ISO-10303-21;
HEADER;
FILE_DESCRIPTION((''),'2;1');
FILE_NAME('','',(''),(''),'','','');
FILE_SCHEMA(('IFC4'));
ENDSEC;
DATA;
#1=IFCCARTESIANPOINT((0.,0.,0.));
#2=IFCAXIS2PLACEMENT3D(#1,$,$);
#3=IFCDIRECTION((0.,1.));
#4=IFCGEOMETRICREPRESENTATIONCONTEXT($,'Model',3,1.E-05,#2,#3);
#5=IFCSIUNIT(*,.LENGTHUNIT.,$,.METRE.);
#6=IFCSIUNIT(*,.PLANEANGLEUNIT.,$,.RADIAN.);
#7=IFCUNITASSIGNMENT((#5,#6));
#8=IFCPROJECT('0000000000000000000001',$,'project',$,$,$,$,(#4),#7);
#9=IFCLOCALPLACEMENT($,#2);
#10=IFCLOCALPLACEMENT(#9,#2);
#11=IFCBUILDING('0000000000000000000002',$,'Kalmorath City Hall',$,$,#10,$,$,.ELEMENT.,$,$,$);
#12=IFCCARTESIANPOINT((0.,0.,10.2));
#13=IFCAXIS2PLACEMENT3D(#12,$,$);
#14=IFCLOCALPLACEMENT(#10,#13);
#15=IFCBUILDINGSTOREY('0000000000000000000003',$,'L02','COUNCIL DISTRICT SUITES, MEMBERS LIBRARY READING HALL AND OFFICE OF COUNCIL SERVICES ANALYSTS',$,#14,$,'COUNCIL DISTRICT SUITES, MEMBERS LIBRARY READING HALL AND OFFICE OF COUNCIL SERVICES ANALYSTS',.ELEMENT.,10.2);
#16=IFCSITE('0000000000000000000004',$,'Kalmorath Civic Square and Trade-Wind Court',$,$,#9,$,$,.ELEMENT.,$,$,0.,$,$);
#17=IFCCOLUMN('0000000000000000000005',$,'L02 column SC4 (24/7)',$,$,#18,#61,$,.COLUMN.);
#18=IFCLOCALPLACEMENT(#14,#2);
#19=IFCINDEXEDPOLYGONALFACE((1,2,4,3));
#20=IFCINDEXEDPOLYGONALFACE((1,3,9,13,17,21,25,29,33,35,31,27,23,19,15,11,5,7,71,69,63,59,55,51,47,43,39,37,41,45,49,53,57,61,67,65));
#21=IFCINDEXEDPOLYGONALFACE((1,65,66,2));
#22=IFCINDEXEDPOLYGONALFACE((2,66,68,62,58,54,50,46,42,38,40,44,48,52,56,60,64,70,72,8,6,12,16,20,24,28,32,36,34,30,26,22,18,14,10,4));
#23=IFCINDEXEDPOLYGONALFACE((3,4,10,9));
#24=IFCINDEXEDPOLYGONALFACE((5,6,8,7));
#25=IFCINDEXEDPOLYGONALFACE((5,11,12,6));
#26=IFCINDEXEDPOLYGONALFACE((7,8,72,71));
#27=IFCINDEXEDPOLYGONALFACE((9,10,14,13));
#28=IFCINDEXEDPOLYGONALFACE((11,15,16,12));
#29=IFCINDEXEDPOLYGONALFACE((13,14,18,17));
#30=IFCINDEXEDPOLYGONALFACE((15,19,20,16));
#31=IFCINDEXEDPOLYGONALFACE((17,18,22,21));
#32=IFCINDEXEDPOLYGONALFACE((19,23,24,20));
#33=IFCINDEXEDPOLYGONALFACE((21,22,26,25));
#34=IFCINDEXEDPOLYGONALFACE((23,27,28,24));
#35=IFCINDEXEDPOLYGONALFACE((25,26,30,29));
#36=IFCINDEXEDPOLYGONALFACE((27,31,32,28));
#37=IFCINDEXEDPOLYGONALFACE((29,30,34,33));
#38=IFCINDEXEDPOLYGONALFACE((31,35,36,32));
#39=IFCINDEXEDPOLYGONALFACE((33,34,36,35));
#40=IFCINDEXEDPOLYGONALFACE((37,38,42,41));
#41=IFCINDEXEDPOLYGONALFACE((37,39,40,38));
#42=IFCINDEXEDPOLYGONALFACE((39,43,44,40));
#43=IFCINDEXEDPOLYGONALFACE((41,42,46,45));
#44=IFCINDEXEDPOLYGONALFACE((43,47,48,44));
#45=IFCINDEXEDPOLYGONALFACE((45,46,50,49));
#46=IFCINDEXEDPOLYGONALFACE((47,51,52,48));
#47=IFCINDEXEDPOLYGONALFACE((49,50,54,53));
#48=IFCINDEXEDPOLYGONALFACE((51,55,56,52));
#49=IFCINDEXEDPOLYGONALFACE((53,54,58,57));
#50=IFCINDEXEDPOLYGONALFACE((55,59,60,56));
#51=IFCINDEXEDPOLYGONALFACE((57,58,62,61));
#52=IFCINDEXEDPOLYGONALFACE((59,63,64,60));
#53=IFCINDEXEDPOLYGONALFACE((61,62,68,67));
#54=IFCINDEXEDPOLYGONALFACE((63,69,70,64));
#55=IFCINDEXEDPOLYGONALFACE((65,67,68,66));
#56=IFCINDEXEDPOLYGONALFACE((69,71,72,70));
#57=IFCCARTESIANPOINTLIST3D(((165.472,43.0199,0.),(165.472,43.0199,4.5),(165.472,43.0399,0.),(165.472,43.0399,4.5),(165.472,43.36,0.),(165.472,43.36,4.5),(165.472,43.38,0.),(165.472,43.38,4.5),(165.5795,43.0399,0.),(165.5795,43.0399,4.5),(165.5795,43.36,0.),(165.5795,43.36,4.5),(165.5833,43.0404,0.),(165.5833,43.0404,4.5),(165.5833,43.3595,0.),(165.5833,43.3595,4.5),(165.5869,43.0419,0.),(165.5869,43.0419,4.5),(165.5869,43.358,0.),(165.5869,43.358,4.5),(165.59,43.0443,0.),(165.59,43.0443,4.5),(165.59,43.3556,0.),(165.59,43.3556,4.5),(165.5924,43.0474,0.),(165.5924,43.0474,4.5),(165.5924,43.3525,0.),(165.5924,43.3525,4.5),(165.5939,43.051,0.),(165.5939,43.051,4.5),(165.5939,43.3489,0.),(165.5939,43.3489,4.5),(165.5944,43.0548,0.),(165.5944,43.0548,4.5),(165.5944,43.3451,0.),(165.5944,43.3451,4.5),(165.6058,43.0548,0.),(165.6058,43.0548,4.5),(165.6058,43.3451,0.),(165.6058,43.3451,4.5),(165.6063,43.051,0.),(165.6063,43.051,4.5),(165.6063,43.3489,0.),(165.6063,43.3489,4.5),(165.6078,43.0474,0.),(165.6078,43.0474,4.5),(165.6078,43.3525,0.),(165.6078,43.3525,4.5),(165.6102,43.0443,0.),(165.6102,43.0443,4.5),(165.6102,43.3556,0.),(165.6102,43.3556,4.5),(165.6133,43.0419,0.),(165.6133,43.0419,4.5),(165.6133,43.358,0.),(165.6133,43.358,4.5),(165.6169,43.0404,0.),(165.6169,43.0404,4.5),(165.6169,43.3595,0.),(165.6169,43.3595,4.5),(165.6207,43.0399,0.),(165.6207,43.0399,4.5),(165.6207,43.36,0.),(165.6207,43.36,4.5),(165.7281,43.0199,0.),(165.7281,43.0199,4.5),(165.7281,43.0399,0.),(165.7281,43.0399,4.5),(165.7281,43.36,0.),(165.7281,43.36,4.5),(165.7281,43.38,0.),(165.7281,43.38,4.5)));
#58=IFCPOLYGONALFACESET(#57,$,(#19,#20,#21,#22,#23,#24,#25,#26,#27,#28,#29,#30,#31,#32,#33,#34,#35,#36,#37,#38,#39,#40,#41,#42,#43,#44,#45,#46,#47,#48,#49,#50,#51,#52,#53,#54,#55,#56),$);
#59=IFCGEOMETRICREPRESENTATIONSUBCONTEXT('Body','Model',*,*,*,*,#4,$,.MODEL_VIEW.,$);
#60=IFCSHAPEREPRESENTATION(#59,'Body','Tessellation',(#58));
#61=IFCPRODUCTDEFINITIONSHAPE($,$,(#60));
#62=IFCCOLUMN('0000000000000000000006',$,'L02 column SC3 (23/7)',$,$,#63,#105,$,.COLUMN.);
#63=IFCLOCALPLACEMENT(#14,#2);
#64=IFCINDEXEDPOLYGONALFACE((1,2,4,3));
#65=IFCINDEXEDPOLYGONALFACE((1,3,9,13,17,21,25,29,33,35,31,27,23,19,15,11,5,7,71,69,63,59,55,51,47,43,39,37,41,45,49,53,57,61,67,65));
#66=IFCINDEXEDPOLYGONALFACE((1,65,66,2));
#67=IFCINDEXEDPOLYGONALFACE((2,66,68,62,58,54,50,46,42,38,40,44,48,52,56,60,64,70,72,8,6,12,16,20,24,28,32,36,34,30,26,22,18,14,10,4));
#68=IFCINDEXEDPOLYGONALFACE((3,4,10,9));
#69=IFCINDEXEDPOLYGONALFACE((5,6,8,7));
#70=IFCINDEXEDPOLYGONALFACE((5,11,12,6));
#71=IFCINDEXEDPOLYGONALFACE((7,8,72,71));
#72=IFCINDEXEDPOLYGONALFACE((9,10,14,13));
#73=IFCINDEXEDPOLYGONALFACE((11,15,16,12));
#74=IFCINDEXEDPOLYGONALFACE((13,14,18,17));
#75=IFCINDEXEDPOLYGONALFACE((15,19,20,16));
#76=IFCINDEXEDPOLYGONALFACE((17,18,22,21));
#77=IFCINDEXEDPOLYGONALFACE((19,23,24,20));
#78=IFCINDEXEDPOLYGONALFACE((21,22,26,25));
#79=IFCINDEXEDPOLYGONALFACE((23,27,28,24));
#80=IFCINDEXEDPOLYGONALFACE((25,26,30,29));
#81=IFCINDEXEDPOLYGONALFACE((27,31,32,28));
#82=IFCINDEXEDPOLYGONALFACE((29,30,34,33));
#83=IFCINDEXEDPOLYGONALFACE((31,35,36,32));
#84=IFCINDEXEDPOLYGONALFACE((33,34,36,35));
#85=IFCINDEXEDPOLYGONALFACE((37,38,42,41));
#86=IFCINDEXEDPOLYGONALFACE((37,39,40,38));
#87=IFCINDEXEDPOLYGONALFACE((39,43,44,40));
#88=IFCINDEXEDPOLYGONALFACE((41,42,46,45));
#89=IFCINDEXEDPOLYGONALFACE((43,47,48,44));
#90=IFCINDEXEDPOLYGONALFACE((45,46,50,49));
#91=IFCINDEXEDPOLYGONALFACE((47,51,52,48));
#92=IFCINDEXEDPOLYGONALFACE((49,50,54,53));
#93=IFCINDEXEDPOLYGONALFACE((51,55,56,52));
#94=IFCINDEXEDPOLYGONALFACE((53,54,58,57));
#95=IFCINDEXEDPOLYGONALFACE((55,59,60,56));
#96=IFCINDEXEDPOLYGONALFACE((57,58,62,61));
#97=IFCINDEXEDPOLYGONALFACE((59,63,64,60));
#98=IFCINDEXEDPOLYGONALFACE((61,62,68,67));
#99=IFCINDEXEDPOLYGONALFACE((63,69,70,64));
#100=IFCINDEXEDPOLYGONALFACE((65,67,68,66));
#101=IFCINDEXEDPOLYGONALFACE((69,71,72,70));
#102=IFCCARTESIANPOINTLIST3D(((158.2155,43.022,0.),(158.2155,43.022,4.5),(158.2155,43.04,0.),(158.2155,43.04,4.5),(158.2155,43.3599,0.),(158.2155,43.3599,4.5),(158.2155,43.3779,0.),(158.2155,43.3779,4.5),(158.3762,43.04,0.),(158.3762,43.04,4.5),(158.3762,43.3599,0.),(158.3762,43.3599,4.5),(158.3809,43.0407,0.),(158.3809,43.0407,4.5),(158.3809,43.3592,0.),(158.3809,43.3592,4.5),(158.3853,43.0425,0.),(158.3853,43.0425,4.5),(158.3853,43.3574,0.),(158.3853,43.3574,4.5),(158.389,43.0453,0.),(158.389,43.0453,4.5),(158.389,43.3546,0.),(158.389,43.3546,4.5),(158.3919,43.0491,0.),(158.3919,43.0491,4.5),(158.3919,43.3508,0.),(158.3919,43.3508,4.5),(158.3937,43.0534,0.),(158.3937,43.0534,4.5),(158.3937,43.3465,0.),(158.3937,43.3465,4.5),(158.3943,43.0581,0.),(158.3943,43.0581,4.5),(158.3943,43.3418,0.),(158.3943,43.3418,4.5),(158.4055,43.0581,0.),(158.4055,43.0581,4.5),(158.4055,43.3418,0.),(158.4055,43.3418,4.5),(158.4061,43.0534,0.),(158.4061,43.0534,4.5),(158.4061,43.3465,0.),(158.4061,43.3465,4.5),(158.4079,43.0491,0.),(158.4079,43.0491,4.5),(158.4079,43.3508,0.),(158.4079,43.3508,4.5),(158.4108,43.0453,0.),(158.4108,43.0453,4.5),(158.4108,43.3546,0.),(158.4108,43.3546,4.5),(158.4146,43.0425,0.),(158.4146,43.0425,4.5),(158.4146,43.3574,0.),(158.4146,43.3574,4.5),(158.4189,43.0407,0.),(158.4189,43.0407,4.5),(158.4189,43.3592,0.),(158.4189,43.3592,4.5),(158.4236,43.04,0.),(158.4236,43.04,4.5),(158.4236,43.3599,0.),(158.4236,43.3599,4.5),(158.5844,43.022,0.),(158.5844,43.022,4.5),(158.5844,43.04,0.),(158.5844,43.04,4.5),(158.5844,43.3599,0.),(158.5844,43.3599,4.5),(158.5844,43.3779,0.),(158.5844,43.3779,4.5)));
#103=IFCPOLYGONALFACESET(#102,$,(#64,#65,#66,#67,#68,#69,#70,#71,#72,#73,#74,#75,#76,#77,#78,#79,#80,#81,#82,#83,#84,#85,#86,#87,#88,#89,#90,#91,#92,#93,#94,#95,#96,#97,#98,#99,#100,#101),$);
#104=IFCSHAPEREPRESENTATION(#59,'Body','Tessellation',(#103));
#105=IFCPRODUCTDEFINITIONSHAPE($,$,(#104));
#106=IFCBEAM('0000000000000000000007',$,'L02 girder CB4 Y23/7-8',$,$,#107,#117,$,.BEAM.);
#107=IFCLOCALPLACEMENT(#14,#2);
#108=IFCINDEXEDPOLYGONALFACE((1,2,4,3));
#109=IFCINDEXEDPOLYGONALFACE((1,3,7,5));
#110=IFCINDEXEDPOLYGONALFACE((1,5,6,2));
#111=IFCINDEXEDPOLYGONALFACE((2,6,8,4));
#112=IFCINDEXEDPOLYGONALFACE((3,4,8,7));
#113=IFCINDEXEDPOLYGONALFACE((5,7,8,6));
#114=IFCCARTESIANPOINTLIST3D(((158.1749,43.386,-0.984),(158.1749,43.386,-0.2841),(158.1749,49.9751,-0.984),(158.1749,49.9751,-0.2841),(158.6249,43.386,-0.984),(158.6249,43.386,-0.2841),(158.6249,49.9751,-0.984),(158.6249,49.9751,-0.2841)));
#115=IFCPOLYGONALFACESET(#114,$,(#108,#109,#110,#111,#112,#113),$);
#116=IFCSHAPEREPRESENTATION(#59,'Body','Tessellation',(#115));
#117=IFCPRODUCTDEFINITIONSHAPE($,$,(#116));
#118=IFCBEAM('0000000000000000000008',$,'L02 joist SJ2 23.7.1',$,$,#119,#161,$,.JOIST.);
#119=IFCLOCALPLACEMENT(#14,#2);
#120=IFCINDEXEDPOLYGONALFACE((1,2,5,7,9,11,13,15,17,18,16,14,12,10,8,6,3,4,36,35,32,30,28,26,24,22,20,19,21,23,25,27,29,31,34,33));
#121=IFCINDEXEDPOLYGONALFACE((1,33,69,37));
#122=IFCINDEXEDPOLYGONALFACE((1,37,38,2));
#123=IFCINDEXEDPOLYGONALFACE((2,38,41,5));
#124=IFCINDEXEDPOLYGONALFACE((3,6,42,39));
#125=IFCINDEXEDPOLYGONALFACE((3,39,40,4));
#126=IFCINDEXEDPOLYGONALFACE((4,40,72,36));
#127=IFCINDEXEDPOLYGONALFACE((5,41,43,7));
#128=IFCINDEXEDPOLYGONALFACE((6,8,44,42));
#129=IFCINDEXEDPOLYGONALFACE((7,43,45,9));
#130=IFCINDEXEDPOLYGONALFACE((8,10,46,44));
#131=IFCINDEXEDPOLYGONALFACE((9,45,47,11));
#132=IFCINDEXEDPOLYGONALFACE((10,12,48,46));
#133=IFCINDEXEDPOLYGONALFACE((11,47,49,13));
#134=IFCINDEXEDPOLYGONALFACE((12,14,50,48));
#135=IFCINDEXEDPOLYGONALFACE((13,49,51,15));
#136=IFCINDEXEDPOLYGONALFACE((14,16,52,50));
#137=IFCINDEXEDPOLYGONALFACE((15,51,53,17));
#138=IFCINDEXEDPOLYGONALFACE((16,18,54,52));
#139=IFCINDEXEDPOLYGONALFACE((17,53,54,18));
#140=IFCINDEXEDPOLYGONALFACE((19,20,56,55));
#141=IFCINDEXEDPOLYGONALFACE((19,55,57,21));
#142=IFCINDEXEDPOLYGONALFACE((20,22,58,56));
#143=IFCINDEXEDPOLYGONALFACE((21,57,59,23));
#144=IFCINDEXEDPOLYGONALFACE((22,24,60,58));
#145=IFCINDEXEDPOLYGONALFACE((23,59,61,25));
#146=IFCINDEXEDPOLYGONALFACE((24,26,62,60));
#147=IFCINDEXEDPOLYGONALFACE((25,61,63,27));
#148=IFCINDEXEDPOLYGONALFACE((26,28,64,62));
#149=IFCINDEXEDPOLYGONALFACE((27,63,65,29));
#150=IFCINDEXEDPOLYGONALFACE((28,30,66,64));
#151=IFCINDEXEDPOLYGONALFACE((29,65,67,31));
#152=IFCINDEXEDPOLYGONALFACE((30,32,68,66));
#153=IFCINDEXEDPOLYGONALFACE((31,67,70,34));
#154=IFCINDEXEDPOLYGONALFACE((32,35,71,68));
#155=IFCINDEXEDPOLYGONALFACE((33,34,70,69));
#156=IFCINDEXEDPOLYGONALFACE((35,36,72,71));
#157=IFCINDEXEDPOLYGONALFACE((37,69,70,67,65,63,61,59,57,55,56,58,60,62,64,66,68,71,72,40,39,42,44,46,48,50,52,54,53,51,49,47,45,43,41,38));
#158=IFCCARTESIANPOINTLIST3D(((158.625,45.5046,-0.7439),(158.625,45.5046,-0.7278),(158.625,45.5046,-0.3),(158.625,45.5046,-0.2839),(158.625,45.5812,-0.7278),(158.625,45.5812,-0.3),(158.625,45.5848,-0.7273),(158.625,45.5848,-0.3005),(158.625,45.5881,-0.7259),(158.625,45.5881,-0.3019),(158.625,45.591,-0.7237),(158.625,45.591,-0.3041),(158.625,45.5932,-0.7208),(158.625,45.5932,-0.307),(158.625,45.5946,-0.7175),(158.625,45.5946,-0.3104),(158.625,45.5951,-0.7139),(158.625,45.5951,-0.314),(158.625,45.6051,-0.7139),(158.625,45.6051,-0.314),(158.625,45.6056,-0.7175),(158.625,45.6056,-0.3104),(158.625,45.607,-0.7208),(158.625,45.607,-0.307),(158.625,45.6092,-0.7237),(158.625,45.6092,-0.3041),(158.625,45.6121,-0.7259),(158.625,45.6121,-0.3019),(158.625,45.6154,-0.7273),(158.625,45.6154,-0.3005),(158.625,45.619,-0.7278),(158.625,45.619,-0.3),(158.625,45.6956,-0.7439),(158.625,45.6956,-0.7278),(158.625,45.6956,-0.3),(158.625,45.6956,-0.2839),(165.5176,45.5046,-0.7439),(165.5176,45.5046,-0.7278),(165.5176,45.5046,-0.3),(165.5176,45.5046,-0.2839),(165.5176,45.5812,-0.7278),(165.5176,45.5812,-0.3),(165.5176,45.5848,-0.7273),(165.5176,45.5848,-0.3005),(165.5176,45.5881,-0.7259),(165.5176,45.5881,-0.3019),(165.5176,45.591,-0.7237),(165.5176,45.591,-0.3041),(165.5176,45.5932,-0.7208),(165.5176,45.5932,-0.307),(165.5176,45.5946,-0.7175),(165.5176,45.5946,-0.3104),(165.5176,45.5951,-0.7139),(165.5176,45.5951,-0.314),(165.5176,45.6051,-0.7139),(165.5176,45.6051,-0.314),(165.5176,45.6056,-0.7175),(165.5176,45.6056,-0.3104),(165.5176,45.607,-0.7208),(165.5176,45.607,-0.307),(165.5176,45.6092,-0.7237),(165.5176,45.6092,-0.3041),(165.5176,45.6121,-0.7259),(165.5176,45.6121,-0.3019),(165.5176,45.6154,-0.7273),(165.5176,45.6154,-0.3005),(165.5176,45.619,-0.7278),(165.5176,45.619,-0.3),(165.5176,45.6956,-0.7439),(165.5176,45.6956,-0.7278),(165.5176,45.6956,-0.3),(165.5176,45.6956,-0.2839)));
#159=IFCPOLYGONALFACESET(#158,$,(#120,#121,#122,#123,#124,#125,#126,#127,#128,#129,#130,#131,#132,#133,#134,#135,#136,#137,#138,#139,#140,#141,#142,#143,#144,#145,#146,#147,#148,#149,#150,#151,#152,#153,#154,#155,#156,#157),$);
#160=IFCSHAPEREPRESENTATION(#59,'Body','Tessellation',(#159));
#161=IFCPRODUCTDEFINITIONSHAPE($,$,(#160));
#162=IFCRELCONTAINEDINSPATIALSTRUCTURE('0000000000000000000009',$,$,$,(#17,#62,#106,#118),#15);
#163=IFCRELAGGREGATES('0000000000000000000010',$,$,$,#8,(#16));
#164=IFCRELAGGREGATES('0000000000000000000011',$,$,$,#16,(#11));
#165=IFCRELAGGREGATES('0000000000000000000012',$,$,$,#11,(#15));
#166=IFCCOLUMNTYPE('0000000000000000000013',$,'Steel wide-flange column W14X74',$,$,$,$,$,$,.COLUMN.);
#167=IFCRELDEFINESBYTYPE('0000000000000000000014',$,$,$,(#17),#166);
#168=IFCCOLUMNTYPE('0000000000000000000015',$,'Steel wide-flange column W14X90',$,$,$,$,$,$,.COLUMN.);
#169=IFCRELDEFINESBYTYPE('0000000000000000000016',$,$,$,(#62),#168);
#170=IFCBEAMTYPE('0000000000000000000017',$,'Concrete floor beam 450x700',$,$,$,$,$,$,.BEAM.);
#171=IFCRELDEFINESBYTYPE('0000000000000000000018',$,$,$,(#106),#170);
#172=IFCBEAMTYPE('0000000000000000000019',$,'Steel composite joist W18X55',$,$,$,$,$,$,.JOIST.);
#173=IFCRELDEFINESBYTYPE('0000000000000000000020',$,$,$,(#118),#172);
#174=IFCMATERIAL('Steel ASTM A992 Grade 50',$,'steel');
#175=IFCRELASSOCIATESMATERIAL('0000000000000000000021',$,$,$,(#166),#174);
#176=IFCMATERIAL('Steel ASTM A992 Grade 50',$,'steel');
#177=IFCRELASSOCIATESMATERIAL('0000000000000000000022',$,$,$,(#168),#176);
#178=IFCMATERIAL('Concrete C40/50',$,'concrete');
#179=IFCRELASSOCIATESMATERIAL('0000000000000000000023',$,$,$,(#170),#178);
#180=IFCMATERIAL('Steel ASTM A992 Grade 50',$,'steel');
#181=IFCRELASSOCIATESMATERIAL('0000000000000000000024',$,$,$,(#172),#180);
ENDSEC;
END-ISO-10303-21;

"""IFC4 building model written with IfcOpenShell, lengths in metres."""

from ifc_helpers import new_model, si_unit, direction, frame, origin, origin_2d, place, context, subcontext, project, spatial, rectangle, i_section, extrude, material, material_profile, profile_set, type_object, element, save


model = new_model("IFC4")

# Units and contexts
model_context = context("Model", 3, precision=1e-05, world=origin(), true_north=direction((0.0, 1.0)))
body_context = subcontext(model_context, "Body", "Model", "MODEL_VIEW")
ifc_project = project(units=[si_unit("LENGTHUNIT", "METRE"), si_unit("PLANEANGLEUNIT", "RADIAN")], contexts=[model_context])

# Site, building, storey
site_placement = place(None, origin())
site = spatial("IfcSite", under=ifc_project, at=site_placement, Name="Kalmorath Civic Square and Trade-Wind Court", CompositionType="ELEMENT", RefElevation=0.0)
building_placement = place(site_placement, origin())
building = spatial("IfcBuilding", under=site, at=building_placement, Name="Kalmorath City Hall", CompositionType="ELEMENT")
storey_placement = place(building_placement, frame((0.0, 0.0, 10.2)))
storey = spatial("IfcBuildingStorey", under=building, at=storey_placement, Name="L02", Description="COUNCIL DISTRICT SUITES, MEMBERS LIBRARY READING HALL AND OFFICE OF COUNCIL SERVICES ANALYSTS", LongName="COUNCIL DISTRICT SUITES, MEMBERS LIBRARY READING HALL AND OFFICE OF COUNCIL SERVICES ANALYSTS", CompositionType="ELEMENT", Elevation=10.2)

# Columns
ifc_material_1 = material(Name="Steel ASTM A992 Grade 50", Category="steel")
ifc_material_profile_1 = material_profile(ifc_material_1, i_section(OverallWidth=0.2561, OverallDepth=0.3601, WebThickness=0.0115, FlangeThickness=0.02, FilletRadius=0.0149, at=origin_2d()), Name="W14X74")
ifc_profile_set_1 = profile_set([ifc_material_profile_1], Name="Steel ASTM A992 Grade 50")
column_type_1 = type_object("IfcColumnType", Name="Steel wide-flange column W14X74", PredefinedType="COLUMN", material=ifc_profile_set_1)
column_1_placement = place(storey_placement, frame((165.6001, 43.2, 0.0), z_axis=(0.0, 0.0, 1.0), x_axis=(1.0, 0.0, 0.0)))
element("IfcColumn", 1, at=column_1_placement, inside=storey, type_object=column_type_1, Name="L02 column SC4 (24/7)", PredefinedType="COLUMN", context=body_context, shape_type="SweptSolid", body=[
    extrude(i_section(OverallWidth=0.2561, OverallDepth=0.3601, WebThickness=0.0115, FlangeThickness=0.02, FilletRadius=0.0149, at=origin_2d()), origin(), (0.0, 0.0, 1.0), 4.5),
])
ifc_material_2 = material(Name="Steel ASTM A992 Grade 50", Category="steel")
ifc_material_profile_2 = material_profile(ifc_material_2, i_section(OverallWidth=0.3689, OverallDepth=0.356, WebThickness=0.0112, FlangeThickness=0.0181, FilletRadius=0.0181, at=origin_2d()), Name="W14X90")
ifc_profile_set_2 = profile_set([ifc_material_profile_2], Name="Steel ASTM A992 Grade 50")
column_type_2 = type_object("IfcColumnType", Name="Steel wide-flange column W14X90", PredefinedType="COLUMN", material=ifc_profile_set_2)
column_2_placement = place(storey_placement, frame((158.3999, 43.2, 0.0), z_axis=(0.0, 0.0, 1.0), x_axis=(1.0, 0.0, 0.0)))
element("IfcColumn", 2, at=column_2_placement, inside=storey, type_object=column_type_2, Name="L02 column SC3 (23/7)", PredefinedType="COLUMN", context=body_context, shape_type="SweptSolid", body=[
    extrude(i_section(OverallWidth=0.3689, OverallDepth=0.356, WebThickness=0.0112, FlangeThickness=0.0181, FilletRadius=0.0181, at=origin_2d()), origin(), (0.0, 0.0, 1.0), 4.5),
])

# Beams
ifc_material_3 = material(Name="Concrete C40/50", Category="concrete")
ifc_material_profile_3 = material_profile(ifc_material_3, rectangle(XDim=0.45, YDim=0.7, at=origin_2d()), Name="RC-BM-450X700")
ifc_profile_set_3 = profile_set([ifc_material_profile_3], Name="Concrete C40/50")
beam_type_1 = type_object("IfcBeamType", Name="Concrete floor beam 450x700", PredefinedType="BEAM", material=ifc_profile_set_3)
beam_1_placement = place(storey_placement, frame((158.3999, 43.386, -0.634), z_axis=(0.0, 1.0, 0.0), x_axis=(-1.0, 0.0, 0.0)))
element("IfcBeam", 3, at=beam_1_placement, inside=storey, type_object=beam_type_1, Name="L02 girder CB4 Y23/7-8", PredefinedType="BEAM", context=body_context, shape_type="SweptSolid", body=[
    extrude(rectangle(XDim=0.45, YDim=0.7, at=origin_2d()), origin(), (0.0, 0.0, 1.0), 6.5891),
])
ifc_material_4 = material(Name="Steel ASTM A992 Grade 50", Category="steel")
ifc_material_profile_4 = material_profile(ifc_material_4, i_section(OverallWidth=0.1909, OverallDepth=0.46, WebThickness=0.01, FlangeThickness=0.0161, FilletRadius=0.0139, at=origin_2d()), Name="W18X55")
ifc_profile_set_4 = profile_set([ifc_material_profile_4], Name="Steel ASTM A992 Grade 50")
beam_type_2 = type_object("IfcBeamType", Name="Steel composite joist W18X55", PredefinedType="JOIST", material=ifc_profile_set_4)
for number, where, z_axis, x_axis, name in (
    (4, (158.625, 45.6001, -0.5139), (1.0, 0.0, 0.0), (0.0, 1.0, 0.0), "L02 joist SJ2 23.7.1"),
):
    element("IfcBeam", number, at=place(storey_placement, frame(where, z_axis=z_axis, x_axis=x_axis)), inside=storey, type_object=beam_type_2, Name=name, PredefinedType="JOIST", context=body_context, shape_type="SweptSolid", body=[
        extrude(i_section(OverallWidth=0.1909, OverallDepth=0.46, WebThickness=0.01, FlangeThickness=0.0161, FilletRadius=0.0139, at=origin_2d()), origin(), (0.0, 0.0, 1.0), 6.8926),
    ])

save(model, "model.ifc")
